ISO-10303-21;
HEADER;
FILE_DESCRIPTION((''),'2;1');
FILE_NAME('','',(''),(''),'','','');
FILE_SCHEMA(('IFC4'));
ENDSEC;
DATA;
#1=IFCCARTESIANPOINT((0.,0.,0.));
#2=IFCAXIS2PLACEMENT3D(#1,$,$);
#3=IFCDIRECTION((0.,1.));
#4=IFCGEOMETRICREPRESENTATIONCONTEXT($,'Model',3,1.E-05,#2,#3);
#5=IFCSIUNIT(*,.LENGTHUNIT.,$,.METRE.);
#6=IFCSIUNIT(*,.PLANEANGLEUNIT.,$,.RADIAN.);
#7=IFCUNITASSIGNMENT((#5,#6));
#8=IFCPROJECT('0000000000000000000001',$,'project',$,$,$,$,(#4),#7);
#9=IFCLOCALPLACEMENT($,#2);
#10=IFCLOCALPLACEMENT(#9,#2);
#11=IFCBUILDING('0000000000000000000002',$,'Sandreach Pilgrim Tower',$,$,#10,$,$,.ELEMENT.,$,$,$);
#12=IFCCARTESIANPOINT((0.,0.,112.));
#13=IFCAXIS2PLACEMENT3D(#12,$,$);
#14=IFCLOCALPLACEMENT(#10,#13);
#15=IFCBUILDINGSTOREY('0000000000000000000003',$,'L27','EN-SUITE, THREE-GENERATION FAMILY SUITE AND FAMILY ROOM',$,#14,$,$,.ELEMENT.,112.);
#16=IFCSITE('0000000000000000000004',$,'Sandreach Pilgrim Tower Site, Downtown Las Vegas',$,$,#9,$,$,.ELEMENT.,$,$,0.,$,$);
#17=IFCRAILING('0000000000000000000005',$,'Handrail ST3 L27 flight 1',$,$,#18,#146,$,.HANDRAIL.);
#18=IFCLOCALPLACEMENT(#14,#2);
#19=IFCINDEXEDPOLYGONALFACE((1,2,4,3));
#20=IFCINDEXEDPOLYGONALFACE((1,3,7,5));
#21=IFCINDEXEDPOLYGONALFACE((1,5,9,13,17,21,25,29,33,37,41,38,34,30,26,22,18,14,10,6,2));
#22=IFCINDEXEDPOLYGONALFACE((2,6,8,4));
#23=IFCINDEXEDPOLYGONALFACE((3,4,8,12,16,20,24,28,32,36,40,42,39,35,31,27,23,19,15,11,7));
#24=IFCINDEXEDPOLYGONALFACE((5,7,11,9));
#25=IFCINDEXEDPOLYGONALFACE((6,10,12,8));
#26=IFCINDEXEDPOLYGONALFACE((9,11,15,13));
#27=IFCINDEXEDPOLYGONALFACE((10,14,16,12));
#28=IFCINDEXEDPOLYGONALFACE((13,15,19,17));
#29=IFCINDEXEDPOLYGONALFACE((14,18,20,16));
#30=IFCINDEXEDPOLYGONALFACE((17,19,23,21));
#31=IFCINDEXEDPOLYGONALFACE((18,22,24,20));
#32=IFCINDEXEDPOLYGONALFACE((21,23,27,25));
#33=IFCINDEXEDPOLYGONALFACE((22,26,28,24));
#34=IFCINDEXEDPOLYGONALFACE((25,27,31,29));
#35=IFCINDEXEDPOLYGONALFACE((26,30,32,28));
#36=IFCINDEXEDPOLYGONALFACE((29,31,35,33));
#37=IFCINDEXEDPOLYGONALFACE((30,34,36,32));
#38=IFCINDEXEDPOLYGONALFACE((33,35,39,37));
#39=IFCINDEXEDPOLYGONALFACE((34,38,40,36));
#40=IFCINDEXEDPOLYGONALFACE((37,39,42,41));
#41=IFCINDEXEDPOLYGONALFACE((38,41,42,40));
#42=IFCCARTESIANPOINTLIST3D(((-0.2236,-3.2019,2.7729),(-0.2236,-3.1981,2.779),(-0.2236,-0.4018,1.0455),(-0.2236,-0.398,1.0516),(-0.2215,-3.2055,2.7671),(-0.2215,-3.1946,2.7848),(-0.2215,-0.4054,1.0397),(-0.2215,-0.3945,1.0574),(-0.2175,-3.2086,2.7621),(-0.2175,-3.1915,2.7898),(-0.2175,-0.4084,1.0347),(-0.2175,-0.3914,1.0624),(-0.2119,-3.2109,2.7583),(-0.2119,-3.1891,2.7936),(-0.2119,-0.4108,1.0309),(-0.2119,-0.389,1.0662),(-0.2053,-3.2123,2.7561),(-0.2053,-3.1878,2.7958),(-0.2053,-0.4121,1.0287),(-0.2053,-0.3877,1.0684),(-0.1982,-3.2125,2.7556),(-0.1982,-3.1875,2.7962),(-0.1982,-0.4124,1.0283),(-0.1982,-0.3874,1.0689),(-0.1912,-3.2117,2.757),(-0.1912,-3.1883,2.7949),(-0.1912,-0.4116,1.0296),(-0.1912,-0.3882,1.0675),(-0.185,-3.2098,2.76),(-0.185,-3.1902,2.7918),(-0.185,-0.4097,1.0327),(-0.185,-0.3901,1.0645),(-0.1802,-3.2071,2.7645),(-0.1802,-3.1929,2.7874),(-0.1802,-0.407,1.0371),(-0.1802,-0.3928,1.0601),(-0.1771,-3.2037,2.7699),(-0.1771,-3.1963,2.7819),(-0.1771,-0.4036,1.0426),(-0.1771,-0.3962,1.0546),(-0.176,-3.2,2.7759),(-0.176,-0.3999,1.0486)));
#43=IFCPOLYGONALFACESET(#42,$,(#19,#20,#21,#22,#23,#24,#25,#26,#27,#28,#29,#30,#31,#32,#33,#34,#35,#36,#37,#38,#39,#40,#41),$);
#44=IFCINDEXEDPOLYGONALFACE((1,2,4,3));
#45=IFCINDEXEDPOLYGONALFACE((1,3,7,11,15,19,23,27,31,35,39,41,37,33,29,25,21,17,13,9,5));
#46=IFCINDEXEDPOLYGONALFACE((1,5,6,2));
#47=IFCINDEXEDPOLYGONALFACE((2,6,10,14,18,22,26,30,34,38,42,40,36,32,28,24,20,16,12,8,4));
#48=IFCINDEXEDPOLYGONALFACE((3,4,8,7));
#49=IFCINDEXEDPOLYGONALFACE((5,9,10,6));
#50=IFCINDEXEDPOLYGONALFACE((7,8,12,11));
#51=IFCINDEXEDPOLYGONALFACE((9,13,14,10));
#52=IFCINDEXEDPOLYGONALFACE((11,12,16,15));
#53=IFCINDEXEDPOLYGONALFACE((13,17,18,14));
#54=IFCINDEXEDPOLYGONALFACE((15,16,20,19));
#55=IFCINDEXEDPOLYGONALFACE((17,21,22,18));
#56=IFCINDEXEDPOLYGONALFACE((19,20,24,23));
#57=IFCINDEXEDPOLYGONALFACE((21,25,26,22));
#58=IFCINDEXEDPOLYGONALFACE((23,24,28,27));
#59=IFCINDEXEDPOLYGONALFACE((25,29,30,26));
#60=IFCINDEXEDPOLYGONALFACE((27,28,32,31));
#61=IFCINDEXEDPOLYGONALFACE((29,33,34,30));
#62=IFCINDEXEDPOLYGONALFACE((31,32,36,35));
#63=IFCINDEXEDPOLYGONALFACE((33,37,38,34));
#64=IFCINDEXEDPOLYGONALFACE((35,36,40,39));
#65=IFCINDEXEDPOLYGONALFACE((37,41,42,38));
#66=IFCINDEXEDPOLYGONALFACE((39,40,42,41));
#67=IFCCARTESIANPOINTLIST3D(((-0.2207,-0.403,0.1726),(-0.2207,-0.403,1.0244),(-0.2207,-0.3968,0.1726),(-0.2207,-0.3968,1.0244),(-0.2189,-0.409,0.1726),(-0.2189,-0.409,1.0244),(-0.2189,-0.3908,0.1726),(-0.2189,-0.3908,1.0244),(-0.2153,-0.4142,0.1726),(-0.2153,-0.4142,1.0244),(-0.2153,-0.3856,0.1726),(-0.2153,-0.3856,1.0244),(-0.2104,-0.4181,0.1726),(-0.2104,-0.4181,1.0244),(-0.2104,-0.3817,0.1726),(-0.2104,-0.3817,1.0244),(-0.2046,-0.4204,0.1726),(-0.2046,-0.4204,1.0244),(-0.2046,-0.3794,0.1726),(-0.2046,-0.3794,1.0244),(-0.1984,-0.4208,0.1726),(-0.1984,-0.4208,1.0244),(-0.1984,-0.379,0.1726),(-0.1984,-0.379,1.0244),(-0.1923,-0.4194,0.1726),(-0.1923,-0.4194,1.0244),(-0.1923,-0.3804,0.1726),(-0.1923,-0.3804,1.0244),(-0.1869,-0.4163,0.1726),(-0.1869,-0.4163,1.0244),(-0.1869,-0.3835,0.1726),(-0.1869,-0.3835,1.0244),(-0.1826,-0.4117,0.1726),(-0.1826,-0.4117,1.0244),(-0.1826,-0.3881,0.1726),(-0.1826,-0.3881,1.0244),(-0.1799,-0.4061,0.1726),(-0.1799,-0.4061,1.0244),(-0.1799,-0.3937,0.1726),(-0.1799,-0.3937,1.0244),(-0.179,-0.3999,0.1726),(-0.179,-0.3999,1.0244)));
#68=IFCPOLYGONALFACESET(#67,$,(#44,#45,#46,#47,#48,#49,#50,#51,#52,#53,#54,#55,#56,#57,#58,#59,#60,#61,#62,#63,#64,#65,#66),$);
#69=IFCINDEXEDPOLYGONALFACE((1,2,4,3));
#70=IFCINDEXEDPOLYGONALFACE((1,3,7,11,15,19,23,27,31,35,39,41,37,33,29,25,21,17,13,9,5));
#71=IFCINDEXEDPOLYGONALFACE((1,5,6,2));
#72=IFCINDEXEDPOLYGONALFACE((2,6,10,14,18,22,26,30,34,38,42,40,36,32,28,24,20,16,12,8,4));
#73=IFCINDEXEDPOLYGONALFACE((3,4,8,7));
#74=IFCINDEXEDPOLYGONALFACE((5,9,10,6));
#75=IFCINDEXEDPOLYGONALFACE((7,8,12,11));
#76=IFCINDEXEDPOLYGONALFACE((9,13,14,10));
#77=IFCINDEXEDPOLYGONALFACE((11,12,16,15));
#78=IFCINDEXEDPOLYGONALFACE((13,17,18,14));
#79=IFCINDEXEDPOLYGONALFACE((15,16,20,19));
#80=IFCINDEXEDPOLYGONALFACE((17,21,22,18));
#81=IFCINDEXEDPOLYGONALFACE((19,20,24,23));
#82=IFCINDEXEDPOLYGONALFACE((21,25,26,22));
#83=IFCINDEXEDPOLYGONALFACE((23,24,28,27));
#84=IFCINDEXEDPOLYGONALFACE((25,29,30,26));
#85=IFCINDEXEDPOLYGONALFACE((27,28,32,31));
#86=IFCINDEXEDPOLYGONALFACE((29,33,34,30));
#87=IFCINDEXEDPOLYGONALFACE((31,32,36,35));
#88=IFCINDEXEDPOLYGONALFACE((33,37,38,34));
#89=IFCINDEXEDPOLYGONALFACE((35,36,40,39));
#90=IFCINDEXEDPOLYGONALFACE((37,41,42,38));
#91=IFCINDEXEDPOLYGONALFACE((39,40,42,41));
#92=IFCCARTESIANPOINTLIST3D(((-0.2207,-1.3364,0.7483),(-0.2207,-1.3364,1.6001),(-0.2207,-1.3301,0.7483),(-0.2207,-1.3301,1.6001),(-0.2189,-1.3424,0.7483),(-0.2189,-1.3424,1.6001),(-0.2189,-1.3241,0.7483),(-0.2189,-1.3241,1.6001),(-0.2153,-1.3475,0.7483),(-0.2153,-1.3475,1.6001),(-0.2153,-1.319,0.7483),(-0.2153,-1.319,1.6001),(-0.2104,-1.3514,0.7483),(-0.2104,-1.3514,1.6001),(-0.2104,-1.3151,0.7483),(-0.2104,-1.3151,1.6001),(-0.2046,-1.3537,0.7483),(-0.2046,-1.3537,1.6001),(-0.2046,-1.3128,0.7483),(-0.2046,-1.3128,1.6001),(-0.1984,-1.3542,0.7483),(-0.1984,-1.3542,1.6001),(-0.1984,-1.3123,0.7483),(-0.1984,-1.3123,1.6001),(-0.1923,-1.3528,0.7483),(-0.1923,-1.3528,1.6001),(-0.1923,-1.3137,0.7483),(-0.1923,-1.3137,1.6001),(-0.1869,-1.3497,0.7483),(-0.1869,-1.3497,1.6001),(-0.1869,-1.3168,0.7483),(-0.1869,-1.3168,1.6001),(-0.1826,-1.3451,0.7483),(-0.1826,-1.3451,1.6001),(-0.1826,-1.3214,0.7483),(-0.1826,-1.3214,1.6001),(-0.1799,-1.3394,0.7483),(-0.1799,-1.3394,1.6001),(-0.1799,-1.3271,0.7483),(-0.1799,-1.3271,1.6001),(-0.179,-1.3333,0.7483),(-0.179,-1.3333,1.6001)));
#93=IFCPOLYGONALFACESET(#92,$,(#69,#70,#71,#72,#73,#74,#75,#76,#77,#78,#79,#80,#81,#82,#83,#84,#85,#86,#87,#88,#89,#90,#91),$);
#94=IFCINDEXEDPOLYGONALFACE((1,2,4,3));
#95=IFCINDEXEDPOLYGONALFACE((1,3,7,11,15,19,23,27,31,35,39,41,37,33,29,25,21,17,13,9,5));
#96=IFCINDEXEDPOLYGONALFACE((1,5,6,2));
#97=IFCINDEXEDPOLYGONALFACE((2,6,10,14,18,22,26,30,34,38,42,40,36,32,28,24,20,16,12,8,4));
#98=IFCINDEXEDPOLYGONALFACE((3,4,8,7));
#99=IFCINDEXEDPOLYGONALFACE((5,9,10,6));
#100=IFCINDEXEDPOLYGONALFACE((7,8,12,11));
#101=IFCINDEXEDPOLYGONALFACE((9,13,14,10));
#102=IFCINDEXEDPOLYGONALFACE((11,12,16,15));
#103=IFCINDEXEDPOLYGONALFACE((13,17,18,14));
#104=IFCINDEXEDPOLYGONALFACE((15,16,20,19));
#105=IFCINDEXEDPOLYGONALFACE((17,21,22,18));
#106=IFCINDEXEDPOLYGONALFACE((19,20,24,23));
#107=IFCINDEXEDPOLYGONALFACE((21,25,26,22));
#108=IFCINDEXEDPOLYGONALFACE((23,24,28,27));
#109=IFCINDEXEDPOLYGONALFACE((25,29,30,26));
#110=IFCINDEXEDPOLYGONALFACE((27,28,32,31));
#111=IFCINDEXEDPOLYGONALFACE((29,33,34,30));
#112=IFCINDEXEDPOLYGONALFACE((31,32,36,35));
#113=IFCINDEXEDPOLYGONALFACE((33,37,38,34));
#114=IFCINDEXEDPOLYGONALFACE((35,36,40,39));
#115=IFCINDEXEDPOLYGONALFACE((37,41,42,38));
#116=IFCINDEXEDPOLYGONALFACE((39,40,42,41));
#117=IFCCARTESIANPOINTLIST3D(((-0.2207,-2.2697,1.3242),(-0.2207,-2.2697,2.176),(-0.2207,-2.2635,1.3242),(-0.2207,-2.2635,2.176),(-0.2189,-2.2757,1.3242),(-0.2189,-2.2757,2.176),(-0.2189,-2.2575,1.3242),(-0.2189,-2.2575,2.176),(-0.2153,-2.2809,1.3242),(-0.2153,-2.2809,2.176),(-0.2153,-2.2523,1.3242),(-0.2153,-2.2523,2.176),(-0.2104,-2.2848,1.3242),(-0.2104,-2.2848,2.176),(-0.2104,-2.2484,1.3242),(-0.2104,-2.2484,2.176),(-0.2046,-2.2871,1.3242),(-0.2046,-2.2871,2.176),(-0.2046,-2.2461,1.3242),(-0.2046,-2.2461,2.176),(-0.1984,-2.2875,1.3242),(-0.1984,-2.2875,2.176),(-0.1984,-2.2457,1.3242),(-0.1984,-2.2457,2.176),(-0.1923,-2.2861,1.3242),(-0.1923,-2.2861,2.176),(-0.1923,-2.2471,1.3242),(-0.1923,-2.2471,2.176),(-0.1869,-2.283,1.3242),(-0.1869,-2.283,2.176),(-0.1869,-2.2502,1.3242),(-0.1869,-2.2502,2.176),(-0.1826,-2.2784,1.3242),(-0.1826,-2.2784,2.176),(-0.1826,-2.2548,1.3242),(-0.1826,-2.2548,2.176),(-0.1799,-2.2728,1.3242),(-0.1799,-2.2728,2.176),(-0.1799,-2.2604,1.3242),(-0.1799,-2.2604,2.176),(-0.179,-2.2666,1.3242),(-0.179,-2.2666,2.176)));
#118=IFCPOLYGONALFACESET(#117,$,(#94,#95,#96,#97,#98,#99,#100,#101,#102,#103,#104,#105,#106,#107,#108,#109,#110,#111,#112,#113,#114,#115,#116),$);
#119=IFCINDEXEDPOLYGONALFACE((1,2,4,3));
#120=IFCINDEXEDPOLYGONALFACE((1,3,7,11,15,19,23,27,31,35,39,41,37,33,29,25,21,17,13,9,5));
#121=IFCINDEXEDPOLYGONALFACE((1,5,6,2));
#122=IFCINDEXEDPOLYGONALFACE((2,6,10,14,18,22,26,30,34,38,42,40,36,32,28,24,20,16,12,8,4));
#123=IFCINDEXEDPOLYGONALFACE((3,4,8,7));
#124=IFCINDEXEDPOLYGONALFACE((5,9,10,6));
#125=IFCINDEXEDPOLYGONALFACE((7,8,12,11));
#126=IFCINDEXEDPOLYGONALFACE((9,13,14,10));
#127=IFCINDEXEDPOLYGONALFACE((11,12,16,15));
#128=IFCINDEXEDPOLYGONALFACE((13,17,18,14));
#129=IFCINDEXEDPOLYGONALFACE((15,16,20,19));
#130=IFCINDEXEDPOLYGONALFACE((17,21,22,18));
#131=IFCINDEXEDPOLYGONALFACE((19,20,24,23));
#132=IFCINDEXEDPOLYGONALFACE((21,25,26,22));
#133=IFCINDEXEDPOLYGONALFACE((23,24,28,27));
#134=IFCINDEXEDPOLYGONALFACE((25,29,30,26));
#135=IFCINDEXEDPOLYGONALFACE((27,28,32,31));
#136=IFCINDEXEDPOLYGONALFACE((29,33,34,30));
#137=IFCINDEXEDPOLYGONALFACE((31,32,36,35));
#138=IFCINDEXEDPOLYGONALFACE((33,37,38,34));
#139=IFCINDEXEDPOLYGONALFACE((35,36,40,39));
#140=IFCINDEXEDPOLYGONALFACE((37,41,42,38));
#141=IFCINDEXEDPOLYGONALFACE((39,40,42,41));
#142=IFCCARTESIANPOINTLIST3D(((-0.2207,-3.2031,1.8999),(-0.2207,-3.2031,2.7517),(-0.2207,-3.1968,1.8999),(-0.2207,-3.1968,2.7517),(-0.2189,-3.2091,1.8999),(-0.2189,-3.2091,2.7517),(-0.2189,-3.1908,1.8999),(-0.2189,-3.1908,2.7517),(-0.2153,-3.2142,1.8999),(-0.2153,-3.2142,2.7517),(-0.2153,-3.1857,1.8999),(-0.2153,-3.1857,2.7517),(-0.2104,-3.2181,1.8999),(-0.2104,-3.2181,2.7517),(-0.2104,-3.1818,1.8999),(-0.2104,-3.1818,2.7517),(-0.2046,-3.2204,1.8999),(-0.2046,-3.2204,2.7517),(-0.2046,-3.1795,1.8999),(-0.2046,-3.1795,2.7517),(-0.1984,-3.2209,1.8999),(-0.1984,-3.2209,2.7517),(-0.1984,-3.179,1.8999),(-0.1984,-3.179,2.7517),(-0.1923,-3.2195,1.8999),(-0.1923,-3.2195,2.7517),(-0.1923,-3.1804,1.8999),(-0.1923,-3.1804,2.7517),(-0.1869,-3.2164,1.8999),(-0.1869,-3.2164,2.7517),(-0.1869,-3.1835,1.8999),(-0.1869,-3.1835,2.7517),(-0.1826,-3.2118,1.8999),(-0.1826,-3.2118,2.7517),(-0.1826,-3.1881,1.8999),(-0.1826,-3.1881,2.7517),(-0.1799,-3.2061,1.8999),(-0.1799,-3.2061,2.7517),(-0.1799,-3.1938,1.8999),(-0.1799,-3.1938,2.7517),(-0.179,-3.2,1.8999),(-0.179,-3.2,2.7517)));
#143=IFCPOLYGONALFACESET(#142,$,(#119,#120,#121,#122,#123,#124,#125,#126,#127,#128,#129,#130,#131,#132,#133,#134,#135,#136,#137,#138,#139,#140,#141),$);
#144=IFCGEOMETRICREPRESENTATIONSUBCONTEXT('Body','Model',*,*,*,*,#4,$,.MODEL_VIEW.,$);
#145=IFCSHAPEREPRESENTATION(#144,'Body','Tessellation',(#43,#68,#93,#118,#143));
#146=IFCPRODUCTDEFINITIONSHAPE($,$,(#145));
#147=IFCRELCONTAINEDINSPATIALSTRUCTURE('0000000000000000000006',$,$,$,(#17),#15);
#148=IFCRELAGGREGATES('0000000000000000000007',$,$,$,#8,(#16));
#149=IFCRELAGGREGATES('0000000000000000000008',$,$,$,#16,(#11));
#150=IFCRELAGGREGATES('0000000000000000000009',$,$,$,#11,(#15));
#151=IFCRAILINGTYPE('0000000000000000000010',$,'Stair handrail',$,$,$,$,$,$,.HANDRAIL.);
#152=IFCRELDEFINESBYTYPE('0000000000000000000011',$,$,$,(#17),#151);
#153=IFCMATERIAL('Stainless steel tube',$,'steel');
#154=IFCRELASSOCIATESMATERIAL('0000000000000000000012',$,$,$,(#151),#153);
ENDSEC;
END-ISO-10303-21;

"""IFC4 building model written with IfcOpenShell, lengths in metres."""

from ifc_helpers import new_model, si_unit, direction, frame, origin, origin_2d, place, context, subcontext, project, spatial, circle, extrude, material, type_object, element, save


model = new_model("IFC4")

# Units and contexts
model_context = context("Model", 3, precision=1e-05, world=origin(), true_north=direction((0.0, 1.0)))
body_context = subcontext(model_context, "Body", "Model", "MODEL_VIEW")
ifc_project = project(units=[si_unit("LENGTHUNIT", "METRE"), si_unit("PLANEANGLEUNIT", "RADIAN")], contexts=[model_context])

# Site, building, storey
site_placement = place(None, origin())
site = spatial("IfcSite", under=ifc_project, at=site_placement, Name="Sandreach Pilgrim Tower Site, Downtown Las Vegas", CompositionType="ELEMENT", RefElevation=0.0)
building_placement = place(site_placement, origin())
building = spatial("IfcBuilding", under=site, at=building_placement, Name="Sandreach Pilgrim Tower", CompositionType="ELEMENT")
storey_placement = place(building_placement, frame((0.0, 0.0, 112.0)))
storey = spatial("IfcBuildingStorey", under=building, at=storey_placement, Name="L27", Description="EN-SUITE, THREE-GENERATION FAMILY SUITE AND FAMILY ROOM", CompositionType="ELEMENT", Elevation=112.0)

# Railing
ifc_material_1 = material(Name="Stainless steel tube", Category="steel")
railing_type = type_object("IfcRailingType", Name="Stair handrail", PredefinedType="HANDRAIL", material=ifc_material_1)
for number, where, name in (
    (1, (-0.2, -0.3999, 0.1726), "Handrail ST3 L27 flight 1"),
):
    element("IfcRailing", number, at=place(storey_placement, frame(where)), inside=storey, type_object=railing_type, Name=name, PredefinedType="HANDRAIL", context=body_context, shape_type="SweptSolid", body=[
        extrude(circle(Radius=0.0239, at=origin_2d()), frame((0.0, 0.0, 0.876), z_axis=(0.0, -0.85109, 0.52502), x_axis=(1.0, 0.0, 0.0)), (0.0, 0.0, 1.0), 3.29),
        extrude(circle(Radius=0.021, at=origin_2d()), origin(), (0.0, 0.0, 1.0), 0.8518),
        extrude(circle(Radius=0.021, at=origin_2d()), frame((0.0, -0.9333, 0.5757)), (0.0, 0.0, 1.0), 0.8518),
        extrude(circle(Radius=0.021, at=origin_2d()), frame((0.0, -1.8667, 1.1516)), (0.0, 0.0, 1.0), 0.8518),
        extrude(circle(Radius=0.021, at=origin_2d()), frame((0.0, -2.8, 1.7273)), (0.0, 0.0, 1.0), 0.8518),
    ])

save(model, "model.ifc")
